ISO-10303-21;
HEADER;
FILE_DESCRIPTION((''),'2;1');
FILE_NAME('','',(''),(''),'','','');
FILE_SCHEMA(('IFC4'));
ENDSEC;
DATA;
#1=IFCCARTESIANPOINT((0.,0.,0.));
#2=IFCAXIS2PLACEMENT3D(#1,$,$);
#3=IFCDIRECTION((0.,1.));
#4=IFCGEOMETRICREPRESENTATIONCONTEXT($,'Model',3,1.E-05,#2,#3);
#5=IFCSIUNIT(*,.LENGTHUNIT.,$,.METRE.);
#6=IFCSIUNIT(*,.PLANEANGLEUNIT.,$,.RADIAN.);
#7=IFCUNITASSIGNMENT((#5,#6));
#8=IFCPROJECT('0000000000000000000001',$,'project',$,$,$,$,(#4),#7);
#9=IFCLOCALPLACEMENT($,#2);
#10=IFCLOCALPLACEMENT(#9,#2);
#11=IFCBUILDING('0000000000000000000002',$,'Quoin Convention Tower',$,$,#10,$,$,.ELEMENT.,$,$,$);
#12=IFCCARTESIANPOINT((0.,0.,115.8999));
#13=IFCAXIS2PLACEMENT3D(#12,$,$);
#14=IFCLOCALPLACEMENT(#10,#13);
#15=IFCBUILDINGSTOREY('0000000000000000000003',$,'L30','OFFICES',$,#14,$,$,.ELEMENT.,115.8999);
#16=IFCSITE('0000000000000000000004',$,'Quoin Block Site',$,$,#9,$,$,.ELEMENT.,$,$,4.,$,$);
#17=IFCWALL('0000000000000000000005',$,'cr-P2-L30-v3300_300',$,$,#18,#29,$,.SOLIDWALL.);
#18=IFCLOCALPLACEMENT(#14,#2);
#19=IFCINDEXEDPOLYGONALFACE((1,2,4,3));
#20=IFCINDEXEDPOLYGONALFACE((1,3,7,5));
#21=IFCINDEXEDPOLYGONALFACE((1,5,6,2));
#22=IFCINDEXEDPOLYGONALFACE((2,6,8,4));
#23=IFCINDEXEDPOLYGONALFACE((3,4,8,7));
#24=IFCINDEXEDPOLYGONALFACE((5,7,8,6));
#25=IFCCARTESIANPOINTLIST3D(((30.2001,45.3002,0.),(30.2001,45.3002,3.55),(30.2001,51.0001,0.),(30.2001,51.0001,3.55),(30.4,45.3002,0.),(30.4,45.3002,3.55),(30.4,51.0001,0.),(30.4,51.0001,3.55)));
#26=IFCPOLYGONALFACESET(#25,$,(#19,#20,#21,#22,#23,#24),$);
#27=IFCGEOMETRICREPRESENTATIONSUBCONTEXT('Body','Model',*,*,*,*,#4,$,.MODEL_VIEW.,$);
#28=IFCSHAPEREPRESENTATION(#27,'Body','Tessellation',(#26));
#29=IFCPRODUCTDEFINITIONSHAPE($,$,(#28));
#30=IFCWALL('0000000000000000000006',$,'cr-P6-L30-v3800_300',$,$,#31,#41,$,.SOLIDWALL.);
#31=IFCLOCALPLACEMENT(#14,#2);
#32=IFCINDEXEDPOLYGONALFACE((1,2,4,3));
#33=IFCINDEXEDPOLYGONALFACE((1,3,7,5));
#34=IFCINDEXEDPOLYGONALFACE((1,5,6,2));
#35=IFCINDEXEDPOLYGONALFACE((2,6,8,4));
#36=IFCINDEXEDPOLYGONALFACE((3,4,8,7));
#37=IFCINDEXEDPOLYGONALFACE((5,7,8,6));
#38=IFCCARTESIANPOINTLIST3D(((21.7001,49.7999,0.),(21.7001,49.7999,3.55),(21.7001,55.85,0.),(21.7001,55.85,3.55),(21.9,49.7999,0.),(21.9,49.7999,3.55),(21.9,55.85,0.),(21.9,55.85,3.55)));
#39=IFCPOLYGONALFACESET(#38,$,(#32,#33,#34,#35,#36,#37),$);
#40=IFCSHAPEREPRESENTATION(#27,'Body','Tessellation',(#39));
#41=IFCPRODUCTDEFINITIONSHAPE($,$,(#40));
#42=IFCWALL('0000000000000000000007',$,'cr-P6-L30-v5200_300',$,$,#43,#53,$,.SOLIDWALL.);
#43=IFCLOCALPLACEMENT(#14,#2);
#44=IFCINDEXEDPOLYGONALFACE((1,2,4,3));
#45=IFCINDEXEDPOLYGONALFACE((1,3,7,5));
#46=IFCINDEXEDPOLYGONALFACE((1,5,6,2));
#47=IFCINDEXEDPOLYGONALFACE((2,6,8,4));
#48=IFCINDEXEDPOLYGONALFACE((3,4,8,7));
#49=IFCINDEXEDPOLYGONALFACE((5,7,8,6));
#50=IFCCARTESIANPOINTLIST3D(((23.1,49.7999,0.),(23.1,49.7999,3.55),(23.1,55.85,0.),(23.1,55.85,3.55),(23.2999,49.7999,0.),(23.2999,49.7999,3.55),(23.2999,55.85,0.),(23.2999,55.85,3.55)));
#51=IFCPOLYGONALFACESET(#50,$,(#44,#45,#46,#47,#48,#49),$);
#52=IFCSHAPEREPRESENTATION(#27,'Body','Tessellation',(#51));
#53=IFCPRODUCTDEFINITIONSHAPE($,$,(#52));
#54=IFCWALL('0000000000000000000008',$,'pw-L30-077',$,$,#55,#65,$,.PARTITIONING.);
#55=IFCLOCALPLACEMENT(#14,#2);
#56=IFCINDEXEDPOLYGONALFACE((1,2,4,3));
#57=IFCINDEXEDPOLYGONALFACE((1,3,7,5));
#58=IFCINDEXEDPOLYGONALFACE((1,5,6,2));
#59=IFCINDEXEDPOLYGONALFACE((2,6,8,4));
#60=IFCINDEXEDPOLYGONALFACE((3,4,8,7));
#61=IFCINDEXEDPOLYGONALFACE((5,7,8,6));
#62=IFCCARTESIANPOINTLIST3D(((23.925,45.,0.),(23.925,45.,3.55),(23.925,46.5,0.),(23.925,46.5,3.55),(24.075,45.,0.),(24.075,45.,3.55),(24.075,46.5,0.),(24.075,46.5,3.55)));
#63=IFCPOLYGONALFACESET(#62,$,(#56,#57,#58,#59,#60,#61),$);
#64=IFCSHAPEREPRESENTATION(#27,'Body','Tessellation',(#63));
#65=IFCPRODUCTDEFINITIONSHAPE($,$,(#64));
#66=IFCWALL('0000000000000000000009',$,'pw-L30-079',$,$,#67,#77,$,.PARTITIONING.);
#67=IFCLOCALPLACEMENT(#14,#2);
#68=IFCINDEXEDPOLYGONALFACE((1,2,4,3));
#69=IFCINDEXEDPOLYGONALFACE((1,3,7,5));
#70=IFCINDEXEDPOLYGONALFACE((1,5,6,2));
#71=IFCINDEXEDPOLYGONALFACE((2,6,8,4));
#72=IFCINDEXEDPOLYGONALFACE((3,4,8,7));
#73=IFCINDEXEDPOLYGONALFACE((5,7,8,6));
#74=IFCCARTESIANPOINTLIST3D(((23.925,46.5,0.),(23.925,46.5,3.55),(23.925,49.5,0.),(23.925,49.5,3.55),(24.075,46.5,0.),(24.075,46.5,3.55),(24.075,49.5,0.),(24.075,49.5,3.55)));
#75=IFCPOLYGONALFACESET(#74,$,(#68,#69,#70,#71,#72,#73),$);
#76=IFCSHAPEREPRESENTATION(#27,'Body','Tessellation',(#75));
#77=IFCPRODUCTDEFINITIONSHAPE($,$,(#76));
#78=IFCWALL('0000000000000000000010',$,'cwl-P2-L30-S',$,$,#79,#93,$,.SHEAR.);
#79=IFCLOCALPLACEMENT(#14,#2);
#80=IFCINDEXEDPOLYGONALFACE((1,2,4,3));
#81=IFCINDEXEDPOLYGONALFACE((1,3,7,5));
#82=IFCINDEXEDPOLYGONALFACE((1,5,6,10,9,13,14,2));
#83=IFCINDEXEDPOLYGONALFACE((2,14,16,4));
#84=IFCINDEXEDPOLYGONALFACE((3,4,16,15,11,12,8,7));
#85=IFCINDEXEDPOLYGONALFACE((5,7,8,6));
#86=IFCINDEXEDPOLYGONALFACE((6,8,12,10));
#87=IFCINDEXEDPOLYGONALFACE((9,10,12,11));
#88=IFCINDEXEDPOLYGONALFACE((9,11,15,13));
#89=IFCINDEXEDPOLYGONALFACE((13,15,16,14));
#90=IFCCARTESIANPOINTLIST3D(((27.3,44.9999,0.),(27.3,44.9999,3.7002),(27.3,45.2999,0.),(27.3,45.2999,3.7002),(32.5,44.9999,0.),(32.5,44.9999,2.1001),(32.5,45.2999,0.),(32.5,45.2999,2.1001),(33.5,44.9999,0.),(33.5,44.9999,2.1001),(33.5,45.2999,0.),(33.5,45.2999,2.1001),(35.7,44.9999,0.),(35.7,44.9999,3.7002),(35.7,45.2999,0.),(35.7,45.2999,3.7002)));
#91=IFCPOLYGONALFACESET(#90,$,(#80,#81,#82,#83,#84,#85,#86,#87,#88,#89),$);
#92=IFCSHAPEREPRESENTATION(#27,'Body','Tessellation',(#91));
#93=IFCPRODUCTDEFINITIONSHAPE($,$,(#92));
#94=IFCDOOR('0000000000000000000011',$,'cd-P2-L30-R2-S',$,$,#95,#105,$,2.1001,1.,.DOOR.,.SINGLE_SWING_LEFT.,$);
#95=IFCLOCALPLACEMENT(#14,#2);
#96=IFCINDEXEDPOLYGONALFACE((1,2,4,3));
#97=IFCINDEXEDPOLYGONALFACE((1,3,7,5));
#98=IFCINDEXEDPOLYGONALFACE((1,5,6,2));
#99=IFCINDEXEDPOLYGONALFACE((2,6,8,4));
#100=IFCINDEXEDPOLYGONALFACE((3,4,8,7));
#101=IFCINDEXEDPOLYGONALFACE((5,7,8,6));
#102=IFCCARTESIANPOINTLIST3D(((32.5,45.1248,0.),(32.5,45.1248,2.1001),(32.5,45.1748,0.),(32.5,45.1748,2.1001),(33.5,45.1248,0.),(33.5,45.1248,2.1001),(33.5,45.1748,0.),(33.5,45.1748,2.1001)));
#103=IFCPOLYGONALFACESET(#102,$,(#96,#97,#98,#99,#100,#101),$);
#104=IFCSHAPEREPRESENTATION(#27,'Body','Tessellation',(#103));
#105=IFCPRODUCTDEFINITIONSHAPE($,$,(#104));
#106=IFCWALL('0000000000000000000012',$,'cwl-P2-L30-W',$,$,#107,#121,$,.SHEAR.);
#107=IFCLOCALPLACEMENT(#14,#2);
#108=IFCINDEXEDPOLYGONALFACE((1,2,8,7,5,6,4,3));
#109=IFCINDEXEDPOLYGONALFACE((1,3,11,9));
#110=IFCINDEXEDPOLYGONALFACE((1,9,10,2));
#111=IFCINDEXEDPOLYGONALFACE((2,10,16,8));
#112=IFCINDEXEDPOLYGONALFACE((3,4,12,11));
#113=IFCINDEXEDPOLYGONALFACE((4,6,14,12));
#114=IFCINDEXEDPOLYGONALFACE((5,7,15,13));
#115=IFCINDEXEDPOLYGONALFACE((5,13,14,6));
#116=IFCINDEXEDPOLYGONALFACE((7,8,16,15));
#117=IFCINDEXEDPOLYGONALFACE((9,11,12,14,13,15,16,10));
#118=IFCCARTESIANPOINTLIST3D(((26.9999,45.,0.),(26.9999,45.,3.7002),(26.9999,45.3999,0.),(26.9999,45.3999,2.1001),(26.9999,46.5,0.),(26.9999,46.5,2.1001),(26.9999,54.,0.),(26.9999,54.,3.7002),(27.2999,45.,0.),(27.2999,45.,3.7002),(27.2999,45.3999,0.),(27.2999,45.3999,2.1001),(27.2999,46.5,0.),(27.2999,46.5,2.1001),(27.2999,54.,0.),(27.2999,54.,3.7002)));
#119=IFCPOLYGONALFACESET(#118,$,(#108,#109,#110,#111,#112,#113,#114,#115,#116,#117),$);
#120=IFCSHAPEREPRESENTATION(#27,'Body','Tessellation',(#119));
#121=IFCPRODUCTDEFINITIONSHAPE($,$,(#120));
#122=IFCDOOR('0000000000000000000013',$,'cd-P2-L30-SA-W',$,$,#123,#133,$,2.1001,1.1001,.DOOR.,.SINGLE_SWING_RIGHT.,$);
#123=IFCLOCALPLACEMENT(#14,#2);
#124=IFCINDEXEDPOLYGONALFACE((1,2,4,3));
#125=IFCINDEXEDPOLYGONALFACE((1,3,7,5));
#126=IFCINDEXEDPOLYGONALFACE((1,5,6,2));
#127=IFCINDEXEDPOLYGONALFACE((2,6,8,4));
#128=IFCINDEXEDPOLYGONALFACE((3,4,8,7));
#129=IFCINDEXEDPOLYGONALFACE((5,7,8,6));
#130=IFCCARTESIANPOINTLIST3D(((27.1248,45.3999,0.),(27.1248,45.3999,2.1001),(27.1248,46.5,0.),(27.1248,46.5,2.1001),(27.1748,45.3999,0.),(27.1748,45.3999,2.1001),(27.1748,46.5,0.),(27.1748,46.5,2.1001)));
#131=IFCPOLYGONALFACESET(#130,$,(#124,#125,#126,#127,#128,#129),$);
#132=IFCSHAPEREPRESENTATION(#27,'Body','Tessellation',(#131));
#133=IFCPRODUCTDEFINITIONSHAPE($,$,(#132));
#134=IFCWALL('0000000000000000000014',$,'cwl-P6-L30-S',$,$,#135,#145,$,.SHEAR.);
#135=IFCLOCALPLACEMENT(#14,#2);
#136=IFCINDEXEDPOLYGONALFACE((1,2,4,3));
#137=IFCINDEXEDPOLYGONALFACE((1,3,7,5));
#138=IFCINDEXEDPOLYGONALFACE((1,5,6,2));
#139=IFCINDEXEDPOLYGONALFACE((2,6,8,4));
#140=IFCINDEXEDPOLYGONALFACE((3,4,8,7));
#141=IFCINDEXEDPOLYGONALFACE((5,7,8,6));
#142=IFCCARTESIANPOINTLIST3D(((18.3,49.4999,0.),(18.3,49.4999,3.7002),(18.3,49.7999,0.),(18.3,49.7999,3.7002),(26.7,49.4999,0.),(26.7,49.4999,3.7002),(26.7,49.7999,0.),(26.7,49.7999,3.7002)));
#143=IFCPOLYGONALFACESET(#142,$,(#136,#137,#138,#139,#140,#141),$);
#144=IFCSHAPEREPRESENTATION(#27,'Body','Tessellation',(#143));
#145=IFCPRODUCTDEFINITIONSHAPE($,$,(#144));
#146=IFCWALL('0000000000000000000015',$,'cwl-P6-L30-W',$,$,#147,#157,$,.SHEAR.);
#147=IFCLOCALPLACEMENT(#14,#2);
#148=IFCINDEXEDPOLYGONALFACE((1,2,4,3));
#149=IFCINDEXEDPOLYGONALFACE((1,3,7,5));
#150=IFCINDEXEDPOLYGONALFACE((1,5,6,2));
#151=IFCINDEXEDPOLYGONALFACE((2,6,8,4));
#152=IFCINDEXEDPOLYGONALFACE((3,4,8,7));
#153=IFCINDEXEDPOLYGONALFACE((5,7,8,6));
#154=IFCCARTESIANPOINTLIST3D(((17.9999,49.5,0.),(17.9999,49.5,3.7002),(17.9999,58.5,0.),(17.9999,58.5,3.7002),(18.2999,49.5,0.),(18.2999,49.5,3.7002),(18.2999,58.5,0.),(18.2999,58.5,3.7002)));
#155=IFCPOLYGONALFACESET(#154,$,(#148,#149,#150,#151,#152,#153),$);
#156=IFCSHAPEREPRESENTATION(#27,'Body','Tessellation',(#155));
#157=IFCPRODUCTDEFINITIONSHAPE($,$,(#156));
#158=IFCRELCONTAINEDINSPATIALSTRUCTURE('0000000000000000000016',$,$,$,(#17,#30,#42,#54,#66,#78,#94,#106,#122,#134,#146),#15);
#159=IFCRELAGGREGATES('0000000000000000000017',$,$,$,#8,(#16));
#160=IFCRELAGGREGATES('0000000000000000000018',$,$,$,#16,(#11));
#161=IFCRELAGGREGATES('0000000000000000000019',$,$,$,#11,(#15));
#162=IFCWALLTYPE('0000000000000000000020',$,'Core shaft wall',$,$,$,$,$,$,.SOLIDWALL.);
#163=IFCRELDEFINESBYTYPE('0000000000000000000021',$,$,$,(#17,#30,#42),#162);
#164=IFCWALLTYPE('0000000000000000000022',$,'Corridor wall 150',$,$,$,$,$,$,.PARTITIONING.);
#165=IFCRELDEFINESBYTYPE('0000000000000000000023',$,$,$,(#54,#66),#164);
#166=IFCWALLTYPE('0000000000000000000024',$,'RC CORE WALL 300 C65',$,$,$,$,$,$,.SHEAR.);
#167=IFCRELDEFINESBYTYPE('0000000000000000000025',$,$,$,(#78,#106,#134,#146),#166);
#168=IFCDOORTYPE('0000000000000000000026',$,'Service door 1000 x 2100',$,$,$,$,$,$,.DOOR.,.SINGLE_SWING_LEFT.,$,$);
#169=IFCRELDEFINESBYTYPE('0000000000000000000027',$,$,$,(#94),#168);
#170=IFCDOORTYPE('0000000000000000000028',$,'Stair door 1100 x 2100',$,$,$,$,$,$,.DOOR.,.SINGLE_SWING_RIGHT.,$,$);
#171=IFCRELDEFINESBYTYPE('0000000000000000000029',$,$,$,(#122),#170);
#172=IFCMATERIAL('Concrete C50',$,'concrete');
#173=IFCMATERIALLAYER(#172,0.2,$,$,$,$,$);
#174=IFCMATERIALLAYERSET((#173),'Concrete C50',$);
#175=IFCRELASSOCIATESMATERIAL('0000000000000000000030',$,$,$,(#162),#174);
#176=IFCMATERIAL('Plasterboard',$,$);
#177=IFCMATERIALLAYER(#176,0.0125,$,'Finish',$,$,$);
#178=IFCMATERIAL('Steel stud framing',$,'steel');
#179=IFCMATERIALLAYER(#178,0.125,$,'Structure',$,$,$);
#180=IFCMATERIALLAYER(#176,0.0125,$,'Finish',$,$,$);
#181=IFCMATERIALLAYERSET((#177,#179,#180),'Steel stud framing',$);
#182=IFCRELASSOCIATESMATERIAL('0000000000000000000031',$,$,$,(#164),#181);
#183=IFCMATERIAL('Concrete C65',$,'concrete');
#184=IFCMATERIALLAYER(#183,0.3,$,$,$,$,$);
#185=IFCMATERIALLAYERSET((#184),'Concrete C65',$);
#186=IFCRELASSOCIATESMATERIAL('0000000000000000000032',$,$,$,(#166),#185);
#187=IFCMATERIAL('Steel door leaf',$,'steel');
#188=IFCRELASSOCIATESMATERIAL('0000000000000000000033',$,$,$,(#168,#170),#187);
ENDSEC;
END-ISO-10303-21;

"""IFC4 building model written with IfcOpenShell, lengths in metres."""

from ifc_helpers import new_model, si_unit, direction, frame, frame_2d, origin, place, context, subcontext, project, spatial, rectangle, extrude, material, layer, layer_set, type_object, element, fill, save


model = new_model("IFC4")

# Units and contexts
model_context = context("Model", 3, precision=1e-05, world=origin(), true_north=direction((0.0, 1.0)))
body_context = subcontext(model_context, "Body", "Model", "MODEL_VIEW")
ifc_project = project(units=[si_unit("LENGTHUNIT", "METRE"), si_unit("PLANEANGLEUNIT", "RADIAN")], contexts=[model_context])

# Site, building, storey
site_placement = place(None, origin())
site = spatial("IfcSite", under=ifc_project, at=site_placement, Name="Quoin Block Site", CompositionType="ELEMENT", RefElevation=4.0)
building_placement = place(site_placement, origin())
building = spatial("IfcBuilding", under=site, at=building_placement, Name="Quoin Convention Tower", CompositionType="ELEMENT")
storey_placement = place(building_placement, frame((0.0, 0.0, 115.8999)))
storey = spatial("IfcBuildingStorey", under=building, at=storey_placement, Name="L30", Description="OFFICES", CompositionType="ELEMENT", Elevation=115.8999)

# Shared definitions
ifc_material_1 = material(Name="Concrete C65", Category="concrete")

# Walls
ifc_material_2 = material(Name="Concrete C50", Category="concrete")
ifc_layer_1 = layer(ifc_material_2, 0.2)
ifc_layer_set_1 = layer_set([ifc_layer_1], Name="Concrete C50")
wall_type_1 = type_object("IfcWallType", Name="Core shaft wall", PredefinedType="SOLIDWALL", material=ifc_layer_set_1)
wall_1_placement = place(storey_placement, frame((30.3, 45.3, 0.0), z_axis=(0.0, 0.0, 1.0), x_axis=(0.0, 1.0, 0.0)))
element("IfcWall", 1, at=wall_1_placement, inside=storey, type_object=wall_type_1, Name="cr-P2-L30-v3300_300", PredefinedType="SOLIDWALL", context=body_context, shape_type="SweptSolid", body=[
    extrude(rectangle(XDim=5.7, YDim=0.2, at=frame_2d((2.8501, 0.0))), origin(), (0.0, 0.0, 1.0), 3.55),
])
for number, where, z_axis, x_axis, name in (
    (2, (21.8, 49.8, 0.0), (0.0, 0.0, 1.0), (0.0, 1.0, 0.0), "cr-P6-L30-v3800_300"),
    (3, (23.2, 49.8, 0.0), (0.0, 0.0, 1.0), (0.0, 1.0, 0.0), "cr-P6-L30-v5200_300"),
):
    element("IfcWall", number, at=place(storey_placement, frame(where, z_axis=z_axis, x_axis=x_axis)), inside=storey, type_object=wall_type_1, Name=name, PredefinedType="SOLIDWALL", context=body_context, shape_type="SweptSolid", body=[
        extrude(rectangle(XDim=6.05, YDim=0.2, at=frame_2d((3.0249, 0.0))), origin(), (0.0, 0.0, 1.0), 3.55),
    ])
ifc_material_3 = material(Name="Plasterboard")
ifc_layer_2 = layer(ifc_material_3, 0.0125, Name="Finish")
ifc_material_4 = material(Name="Steel stud framing", Category="steel")
ifc_layer_3 = layer(ifc_material_4, 0.125, Name="Structure")
ifc_layer_4 = layer(ifc_material_3, 0.0125, Name="Finish")
ifc_layer_set_2 = layer_set([ifc_layer_2, ifc_layer_3, ifc_layer_4], Name="Steel stud framing")
wall_type_2 = type_object("IfcWallType", Name="Corridor wall 150", PredefinedType="PARTITIONING", material=ifc_layer_set_2)
wall_2_placement = place(storey_placement, frame((24.0, 45.0, 0.0), z_axis=(0.0, 0.0, 1.0), x_axis=(0.0, 1.0, 0.0)))
element("IfcWall", 4, at=wall_2_placement, inside=storey, type_object=wall_type_2, Name="pw-L30-077", PredefinedType="PARTITIONING", context=body_context, shape_type="SweptSolid", body=[
    extrude(rectangle(XDim=1.5, YDim=0.1499, at=frame_2d((0.75, 0.0))), origin(), (0.0, 0.0, 1.0), 3.55),
])
wall_3_placement = place(storey_placement, frame((24.0, 46.5, 0.0), z_axis=(0.0, 0.0, 1.0), x_axis=(0.0, 1.0, 0.0)))
element("IfcWall", 5, at=wall_3_placement, inside=storey, type_object=wall_type_2, Name="pw-L30-079", PredefinedType="PARTITIONING", context=body_context, shape_type="SweptSolid", body=[
    extrude(rectangle(XDim=3.0, YDim=0.1499, at=frame_2d((1.5, 0.0))), origin(), (0.0, 0.0, 1.0), 3.55),
])

# Walls, openings, doors
ifc_layer_5 = layer(ifc_material_1, 0.3)
ifc_layer_set_3 = layer_set([ifc_layer_5], Name="Concrete C65")
wall_type_3 = type_object("IfcWallType", Name="RC CORE WALL 300 C65", PredefinedType="SHEAR", material=ifc_layer_set_3)
wall_4_placement = place(storey_placement, frame((27.3, 45.1499, 0.0), z_axis=(0.0, 0.0, 1.0), x_axis=(1.0, 0.0, 0.0)))
wall_4 = element("IfcWall", 6, at=wall_4_placement, inside=storey, type_object=wall_type_3, Name="cwl-P2-L30-S", PredefinedType="SHEAR", context=body_context, shape_type="SweptSolid", body=[
    extrude(rectangle(XDim=8.3999, YDim=0.3, at=frame_2d((4.2, 0.0))), origin(), (0.0, 0.0, 1.0), 3.7002),
])
opening_1_placement = place(wall_4_placement, frame((5.2, 0.0, 0.0)))
opening_1 = element("IfcOpeningElement", 7, at=opening_1_placement, cuts=wall_4, PredefinedType="OPENING", context=body_context, shape_type="SweptSolid", body=[
    extrude(rectangle(XDim=1.0, YDim=2.1001, at=frame_2d((0.5, 1.05))), frame((0.0, 0.1599, 0.0), z_axis=(0.0, -1.0, 0.0), x_axis=(1.0, 0.0, 0.0)), (0.0, 0.0, 1.0), 0.3201),
])
ifc_material_5 = material(Name="Steel door leaf", Category="steel")
door_type_1 = type_object("IfcDoorType", Name="Service door 1000 x 2100", OperationType="SINGLE_SWING_LEFT", PredefinedType="DOOR", material=ifc_material_5)
door_1_placement = place(opening_1_placement, origin())
door_1 = element("IfcDoor", 8, at=door_1_placement, inside=storey, type_object=door_type_1, Name="cd-P2-L30-R2-S", OperationType="SINGLE_SWING_LEFT", OverallHeight=2.1001, OverallWidth=1.0, PredefinedType="DOOR", context=body_context, shape_type="SweptSolid", body=[
    extrude(rectangle(XDim=1.0, YDim=2.1001, at=frame_2d((0.5, 1.05))), frame((0.0, 0.0249, 0.0), z_axis=(0.0, -1.0, 0.0), x_axis=(1.0, 0.0, 0.0)), (0.0, 0.0, 1.0), 0.05),
])
fill(opening_1, door_1)
wall_5_placement = place(storey_placement, frame((27.1499, 45.0, 0.0), z_axis=(0.0, 0.0, 1.0), x_axis=(0.0, 1.0, 0.0)))
wall_5 = element("IfcWall", 9, at=wall_5_placement, inside=storey, type_object=wall_type_3, Name="cwl-P2-L30-W", PredefinedType="SHEAR", context=body_context, shape_type="SweptSolid", body=[
    extrude(rectangle(XDim=9.0, YDim=0.3, at=frame_2d((4.5, 0.0))), origin(), (0.0, 0.0, 1.0), 3.7002),
])
opening_2_placement = place(wall_5_placement, frame((0.3999, 0.0, 0.0)))
opening_2 = element("IfcOpeningElement", 10, at=opening_2_placement, cuts=wall_5, PredefinedType="OPENING", context=body_context, shape_type="SweptSolid", body=[
    extrude(rectangle(XDim=1.1001, YDim=2.1001, at=frame_2d((0.55, 1.05))), frame((0.0, 0.1599, 0.0), z_axis=(0.0, -1.0, 0.0), x_axis=(1.0, 0.0, 0.0)), (0.0, 0.0, 1.0), 0.3201),
])
door_type_2 = type_object("IfcDoorType", Name="Stair door 1100 x 2100", OperationType="SINGLE_SWING_RIGHT", PredefinedType="DOOR", material=ifc_material_5)
door_2_placement = place(opening_2_placement, frame((1.1001, 0.0, 0.0), z_axis=(0.0, 0.0, 1.0), x_axis=(-1.0, 0.0, 0.0)))
door_2 = element("IfcDoor", 11, at=door_2_placement, inside=storey, type_object=door_type_2, Name="cd-P2-L30-SA-W", OperationType="SINGLE_SWING_RIGHT", OverallHeight=2.1001, OverallWidth=1.1001, PredefinedType="DOOR", context=body_context, shape_type="SweptSolid", body=[
    extrude(rectangle(XDim=1.1001, YDim=2.1001, at=frame_2d((0.55, 1.05))), frame((0.0, 0.0249, 0.0), z_axis=(0.0, -1.0, 0.0), x_axis=(1.0, 0.0, 0.0)), (0.0, 0.0, 1.0), 0.05),
])
fill(opening_2, door_2)

# Walls
wall_6_placement = place(storey_placement, frame((18.3, 49.6499, 0.0), z_axis=(0.0, 0.0, 1.0), x_axis=(1.0, 0.0, 0.0)))
element("IfcWall", 12, at=wall_6_placement, inside=storey, type_object=wall_type_3, Name="cwl-P6-L30-S", PredefinedType="SHEAR", context=body_context, shape_type="SweptSolid", body=[
    extrude(rectangle(XDim=8.3999, YDim=0.3, at=frame_2d((4.2, 0.0))), origin(), (0.0, 0.0, 1.0), 3.7002),
])
wall_7_placement = place(storey_placement, frame((18.1499, 49.5, 0.0), z_axis=(0.0, 0.0, 1.0), x_axis=(0.0, 1.0, 0.0)))
element("IfcWall", 13, at=wall_7_placement, inside=storey, type_object=wall_type_3, Name="cwl-P6-L30-W", PredefinedType="SHEAR", context=body_context, shape_type="SweptSolid", body=[
    extrude(rectangle(XDim=9.0, YDim=0.3, at=frame_2d((4.5, 0.0))), origin(), (0.0, 0.0, 1.0), 3.7002),
])

save(model, "model.ifc")
